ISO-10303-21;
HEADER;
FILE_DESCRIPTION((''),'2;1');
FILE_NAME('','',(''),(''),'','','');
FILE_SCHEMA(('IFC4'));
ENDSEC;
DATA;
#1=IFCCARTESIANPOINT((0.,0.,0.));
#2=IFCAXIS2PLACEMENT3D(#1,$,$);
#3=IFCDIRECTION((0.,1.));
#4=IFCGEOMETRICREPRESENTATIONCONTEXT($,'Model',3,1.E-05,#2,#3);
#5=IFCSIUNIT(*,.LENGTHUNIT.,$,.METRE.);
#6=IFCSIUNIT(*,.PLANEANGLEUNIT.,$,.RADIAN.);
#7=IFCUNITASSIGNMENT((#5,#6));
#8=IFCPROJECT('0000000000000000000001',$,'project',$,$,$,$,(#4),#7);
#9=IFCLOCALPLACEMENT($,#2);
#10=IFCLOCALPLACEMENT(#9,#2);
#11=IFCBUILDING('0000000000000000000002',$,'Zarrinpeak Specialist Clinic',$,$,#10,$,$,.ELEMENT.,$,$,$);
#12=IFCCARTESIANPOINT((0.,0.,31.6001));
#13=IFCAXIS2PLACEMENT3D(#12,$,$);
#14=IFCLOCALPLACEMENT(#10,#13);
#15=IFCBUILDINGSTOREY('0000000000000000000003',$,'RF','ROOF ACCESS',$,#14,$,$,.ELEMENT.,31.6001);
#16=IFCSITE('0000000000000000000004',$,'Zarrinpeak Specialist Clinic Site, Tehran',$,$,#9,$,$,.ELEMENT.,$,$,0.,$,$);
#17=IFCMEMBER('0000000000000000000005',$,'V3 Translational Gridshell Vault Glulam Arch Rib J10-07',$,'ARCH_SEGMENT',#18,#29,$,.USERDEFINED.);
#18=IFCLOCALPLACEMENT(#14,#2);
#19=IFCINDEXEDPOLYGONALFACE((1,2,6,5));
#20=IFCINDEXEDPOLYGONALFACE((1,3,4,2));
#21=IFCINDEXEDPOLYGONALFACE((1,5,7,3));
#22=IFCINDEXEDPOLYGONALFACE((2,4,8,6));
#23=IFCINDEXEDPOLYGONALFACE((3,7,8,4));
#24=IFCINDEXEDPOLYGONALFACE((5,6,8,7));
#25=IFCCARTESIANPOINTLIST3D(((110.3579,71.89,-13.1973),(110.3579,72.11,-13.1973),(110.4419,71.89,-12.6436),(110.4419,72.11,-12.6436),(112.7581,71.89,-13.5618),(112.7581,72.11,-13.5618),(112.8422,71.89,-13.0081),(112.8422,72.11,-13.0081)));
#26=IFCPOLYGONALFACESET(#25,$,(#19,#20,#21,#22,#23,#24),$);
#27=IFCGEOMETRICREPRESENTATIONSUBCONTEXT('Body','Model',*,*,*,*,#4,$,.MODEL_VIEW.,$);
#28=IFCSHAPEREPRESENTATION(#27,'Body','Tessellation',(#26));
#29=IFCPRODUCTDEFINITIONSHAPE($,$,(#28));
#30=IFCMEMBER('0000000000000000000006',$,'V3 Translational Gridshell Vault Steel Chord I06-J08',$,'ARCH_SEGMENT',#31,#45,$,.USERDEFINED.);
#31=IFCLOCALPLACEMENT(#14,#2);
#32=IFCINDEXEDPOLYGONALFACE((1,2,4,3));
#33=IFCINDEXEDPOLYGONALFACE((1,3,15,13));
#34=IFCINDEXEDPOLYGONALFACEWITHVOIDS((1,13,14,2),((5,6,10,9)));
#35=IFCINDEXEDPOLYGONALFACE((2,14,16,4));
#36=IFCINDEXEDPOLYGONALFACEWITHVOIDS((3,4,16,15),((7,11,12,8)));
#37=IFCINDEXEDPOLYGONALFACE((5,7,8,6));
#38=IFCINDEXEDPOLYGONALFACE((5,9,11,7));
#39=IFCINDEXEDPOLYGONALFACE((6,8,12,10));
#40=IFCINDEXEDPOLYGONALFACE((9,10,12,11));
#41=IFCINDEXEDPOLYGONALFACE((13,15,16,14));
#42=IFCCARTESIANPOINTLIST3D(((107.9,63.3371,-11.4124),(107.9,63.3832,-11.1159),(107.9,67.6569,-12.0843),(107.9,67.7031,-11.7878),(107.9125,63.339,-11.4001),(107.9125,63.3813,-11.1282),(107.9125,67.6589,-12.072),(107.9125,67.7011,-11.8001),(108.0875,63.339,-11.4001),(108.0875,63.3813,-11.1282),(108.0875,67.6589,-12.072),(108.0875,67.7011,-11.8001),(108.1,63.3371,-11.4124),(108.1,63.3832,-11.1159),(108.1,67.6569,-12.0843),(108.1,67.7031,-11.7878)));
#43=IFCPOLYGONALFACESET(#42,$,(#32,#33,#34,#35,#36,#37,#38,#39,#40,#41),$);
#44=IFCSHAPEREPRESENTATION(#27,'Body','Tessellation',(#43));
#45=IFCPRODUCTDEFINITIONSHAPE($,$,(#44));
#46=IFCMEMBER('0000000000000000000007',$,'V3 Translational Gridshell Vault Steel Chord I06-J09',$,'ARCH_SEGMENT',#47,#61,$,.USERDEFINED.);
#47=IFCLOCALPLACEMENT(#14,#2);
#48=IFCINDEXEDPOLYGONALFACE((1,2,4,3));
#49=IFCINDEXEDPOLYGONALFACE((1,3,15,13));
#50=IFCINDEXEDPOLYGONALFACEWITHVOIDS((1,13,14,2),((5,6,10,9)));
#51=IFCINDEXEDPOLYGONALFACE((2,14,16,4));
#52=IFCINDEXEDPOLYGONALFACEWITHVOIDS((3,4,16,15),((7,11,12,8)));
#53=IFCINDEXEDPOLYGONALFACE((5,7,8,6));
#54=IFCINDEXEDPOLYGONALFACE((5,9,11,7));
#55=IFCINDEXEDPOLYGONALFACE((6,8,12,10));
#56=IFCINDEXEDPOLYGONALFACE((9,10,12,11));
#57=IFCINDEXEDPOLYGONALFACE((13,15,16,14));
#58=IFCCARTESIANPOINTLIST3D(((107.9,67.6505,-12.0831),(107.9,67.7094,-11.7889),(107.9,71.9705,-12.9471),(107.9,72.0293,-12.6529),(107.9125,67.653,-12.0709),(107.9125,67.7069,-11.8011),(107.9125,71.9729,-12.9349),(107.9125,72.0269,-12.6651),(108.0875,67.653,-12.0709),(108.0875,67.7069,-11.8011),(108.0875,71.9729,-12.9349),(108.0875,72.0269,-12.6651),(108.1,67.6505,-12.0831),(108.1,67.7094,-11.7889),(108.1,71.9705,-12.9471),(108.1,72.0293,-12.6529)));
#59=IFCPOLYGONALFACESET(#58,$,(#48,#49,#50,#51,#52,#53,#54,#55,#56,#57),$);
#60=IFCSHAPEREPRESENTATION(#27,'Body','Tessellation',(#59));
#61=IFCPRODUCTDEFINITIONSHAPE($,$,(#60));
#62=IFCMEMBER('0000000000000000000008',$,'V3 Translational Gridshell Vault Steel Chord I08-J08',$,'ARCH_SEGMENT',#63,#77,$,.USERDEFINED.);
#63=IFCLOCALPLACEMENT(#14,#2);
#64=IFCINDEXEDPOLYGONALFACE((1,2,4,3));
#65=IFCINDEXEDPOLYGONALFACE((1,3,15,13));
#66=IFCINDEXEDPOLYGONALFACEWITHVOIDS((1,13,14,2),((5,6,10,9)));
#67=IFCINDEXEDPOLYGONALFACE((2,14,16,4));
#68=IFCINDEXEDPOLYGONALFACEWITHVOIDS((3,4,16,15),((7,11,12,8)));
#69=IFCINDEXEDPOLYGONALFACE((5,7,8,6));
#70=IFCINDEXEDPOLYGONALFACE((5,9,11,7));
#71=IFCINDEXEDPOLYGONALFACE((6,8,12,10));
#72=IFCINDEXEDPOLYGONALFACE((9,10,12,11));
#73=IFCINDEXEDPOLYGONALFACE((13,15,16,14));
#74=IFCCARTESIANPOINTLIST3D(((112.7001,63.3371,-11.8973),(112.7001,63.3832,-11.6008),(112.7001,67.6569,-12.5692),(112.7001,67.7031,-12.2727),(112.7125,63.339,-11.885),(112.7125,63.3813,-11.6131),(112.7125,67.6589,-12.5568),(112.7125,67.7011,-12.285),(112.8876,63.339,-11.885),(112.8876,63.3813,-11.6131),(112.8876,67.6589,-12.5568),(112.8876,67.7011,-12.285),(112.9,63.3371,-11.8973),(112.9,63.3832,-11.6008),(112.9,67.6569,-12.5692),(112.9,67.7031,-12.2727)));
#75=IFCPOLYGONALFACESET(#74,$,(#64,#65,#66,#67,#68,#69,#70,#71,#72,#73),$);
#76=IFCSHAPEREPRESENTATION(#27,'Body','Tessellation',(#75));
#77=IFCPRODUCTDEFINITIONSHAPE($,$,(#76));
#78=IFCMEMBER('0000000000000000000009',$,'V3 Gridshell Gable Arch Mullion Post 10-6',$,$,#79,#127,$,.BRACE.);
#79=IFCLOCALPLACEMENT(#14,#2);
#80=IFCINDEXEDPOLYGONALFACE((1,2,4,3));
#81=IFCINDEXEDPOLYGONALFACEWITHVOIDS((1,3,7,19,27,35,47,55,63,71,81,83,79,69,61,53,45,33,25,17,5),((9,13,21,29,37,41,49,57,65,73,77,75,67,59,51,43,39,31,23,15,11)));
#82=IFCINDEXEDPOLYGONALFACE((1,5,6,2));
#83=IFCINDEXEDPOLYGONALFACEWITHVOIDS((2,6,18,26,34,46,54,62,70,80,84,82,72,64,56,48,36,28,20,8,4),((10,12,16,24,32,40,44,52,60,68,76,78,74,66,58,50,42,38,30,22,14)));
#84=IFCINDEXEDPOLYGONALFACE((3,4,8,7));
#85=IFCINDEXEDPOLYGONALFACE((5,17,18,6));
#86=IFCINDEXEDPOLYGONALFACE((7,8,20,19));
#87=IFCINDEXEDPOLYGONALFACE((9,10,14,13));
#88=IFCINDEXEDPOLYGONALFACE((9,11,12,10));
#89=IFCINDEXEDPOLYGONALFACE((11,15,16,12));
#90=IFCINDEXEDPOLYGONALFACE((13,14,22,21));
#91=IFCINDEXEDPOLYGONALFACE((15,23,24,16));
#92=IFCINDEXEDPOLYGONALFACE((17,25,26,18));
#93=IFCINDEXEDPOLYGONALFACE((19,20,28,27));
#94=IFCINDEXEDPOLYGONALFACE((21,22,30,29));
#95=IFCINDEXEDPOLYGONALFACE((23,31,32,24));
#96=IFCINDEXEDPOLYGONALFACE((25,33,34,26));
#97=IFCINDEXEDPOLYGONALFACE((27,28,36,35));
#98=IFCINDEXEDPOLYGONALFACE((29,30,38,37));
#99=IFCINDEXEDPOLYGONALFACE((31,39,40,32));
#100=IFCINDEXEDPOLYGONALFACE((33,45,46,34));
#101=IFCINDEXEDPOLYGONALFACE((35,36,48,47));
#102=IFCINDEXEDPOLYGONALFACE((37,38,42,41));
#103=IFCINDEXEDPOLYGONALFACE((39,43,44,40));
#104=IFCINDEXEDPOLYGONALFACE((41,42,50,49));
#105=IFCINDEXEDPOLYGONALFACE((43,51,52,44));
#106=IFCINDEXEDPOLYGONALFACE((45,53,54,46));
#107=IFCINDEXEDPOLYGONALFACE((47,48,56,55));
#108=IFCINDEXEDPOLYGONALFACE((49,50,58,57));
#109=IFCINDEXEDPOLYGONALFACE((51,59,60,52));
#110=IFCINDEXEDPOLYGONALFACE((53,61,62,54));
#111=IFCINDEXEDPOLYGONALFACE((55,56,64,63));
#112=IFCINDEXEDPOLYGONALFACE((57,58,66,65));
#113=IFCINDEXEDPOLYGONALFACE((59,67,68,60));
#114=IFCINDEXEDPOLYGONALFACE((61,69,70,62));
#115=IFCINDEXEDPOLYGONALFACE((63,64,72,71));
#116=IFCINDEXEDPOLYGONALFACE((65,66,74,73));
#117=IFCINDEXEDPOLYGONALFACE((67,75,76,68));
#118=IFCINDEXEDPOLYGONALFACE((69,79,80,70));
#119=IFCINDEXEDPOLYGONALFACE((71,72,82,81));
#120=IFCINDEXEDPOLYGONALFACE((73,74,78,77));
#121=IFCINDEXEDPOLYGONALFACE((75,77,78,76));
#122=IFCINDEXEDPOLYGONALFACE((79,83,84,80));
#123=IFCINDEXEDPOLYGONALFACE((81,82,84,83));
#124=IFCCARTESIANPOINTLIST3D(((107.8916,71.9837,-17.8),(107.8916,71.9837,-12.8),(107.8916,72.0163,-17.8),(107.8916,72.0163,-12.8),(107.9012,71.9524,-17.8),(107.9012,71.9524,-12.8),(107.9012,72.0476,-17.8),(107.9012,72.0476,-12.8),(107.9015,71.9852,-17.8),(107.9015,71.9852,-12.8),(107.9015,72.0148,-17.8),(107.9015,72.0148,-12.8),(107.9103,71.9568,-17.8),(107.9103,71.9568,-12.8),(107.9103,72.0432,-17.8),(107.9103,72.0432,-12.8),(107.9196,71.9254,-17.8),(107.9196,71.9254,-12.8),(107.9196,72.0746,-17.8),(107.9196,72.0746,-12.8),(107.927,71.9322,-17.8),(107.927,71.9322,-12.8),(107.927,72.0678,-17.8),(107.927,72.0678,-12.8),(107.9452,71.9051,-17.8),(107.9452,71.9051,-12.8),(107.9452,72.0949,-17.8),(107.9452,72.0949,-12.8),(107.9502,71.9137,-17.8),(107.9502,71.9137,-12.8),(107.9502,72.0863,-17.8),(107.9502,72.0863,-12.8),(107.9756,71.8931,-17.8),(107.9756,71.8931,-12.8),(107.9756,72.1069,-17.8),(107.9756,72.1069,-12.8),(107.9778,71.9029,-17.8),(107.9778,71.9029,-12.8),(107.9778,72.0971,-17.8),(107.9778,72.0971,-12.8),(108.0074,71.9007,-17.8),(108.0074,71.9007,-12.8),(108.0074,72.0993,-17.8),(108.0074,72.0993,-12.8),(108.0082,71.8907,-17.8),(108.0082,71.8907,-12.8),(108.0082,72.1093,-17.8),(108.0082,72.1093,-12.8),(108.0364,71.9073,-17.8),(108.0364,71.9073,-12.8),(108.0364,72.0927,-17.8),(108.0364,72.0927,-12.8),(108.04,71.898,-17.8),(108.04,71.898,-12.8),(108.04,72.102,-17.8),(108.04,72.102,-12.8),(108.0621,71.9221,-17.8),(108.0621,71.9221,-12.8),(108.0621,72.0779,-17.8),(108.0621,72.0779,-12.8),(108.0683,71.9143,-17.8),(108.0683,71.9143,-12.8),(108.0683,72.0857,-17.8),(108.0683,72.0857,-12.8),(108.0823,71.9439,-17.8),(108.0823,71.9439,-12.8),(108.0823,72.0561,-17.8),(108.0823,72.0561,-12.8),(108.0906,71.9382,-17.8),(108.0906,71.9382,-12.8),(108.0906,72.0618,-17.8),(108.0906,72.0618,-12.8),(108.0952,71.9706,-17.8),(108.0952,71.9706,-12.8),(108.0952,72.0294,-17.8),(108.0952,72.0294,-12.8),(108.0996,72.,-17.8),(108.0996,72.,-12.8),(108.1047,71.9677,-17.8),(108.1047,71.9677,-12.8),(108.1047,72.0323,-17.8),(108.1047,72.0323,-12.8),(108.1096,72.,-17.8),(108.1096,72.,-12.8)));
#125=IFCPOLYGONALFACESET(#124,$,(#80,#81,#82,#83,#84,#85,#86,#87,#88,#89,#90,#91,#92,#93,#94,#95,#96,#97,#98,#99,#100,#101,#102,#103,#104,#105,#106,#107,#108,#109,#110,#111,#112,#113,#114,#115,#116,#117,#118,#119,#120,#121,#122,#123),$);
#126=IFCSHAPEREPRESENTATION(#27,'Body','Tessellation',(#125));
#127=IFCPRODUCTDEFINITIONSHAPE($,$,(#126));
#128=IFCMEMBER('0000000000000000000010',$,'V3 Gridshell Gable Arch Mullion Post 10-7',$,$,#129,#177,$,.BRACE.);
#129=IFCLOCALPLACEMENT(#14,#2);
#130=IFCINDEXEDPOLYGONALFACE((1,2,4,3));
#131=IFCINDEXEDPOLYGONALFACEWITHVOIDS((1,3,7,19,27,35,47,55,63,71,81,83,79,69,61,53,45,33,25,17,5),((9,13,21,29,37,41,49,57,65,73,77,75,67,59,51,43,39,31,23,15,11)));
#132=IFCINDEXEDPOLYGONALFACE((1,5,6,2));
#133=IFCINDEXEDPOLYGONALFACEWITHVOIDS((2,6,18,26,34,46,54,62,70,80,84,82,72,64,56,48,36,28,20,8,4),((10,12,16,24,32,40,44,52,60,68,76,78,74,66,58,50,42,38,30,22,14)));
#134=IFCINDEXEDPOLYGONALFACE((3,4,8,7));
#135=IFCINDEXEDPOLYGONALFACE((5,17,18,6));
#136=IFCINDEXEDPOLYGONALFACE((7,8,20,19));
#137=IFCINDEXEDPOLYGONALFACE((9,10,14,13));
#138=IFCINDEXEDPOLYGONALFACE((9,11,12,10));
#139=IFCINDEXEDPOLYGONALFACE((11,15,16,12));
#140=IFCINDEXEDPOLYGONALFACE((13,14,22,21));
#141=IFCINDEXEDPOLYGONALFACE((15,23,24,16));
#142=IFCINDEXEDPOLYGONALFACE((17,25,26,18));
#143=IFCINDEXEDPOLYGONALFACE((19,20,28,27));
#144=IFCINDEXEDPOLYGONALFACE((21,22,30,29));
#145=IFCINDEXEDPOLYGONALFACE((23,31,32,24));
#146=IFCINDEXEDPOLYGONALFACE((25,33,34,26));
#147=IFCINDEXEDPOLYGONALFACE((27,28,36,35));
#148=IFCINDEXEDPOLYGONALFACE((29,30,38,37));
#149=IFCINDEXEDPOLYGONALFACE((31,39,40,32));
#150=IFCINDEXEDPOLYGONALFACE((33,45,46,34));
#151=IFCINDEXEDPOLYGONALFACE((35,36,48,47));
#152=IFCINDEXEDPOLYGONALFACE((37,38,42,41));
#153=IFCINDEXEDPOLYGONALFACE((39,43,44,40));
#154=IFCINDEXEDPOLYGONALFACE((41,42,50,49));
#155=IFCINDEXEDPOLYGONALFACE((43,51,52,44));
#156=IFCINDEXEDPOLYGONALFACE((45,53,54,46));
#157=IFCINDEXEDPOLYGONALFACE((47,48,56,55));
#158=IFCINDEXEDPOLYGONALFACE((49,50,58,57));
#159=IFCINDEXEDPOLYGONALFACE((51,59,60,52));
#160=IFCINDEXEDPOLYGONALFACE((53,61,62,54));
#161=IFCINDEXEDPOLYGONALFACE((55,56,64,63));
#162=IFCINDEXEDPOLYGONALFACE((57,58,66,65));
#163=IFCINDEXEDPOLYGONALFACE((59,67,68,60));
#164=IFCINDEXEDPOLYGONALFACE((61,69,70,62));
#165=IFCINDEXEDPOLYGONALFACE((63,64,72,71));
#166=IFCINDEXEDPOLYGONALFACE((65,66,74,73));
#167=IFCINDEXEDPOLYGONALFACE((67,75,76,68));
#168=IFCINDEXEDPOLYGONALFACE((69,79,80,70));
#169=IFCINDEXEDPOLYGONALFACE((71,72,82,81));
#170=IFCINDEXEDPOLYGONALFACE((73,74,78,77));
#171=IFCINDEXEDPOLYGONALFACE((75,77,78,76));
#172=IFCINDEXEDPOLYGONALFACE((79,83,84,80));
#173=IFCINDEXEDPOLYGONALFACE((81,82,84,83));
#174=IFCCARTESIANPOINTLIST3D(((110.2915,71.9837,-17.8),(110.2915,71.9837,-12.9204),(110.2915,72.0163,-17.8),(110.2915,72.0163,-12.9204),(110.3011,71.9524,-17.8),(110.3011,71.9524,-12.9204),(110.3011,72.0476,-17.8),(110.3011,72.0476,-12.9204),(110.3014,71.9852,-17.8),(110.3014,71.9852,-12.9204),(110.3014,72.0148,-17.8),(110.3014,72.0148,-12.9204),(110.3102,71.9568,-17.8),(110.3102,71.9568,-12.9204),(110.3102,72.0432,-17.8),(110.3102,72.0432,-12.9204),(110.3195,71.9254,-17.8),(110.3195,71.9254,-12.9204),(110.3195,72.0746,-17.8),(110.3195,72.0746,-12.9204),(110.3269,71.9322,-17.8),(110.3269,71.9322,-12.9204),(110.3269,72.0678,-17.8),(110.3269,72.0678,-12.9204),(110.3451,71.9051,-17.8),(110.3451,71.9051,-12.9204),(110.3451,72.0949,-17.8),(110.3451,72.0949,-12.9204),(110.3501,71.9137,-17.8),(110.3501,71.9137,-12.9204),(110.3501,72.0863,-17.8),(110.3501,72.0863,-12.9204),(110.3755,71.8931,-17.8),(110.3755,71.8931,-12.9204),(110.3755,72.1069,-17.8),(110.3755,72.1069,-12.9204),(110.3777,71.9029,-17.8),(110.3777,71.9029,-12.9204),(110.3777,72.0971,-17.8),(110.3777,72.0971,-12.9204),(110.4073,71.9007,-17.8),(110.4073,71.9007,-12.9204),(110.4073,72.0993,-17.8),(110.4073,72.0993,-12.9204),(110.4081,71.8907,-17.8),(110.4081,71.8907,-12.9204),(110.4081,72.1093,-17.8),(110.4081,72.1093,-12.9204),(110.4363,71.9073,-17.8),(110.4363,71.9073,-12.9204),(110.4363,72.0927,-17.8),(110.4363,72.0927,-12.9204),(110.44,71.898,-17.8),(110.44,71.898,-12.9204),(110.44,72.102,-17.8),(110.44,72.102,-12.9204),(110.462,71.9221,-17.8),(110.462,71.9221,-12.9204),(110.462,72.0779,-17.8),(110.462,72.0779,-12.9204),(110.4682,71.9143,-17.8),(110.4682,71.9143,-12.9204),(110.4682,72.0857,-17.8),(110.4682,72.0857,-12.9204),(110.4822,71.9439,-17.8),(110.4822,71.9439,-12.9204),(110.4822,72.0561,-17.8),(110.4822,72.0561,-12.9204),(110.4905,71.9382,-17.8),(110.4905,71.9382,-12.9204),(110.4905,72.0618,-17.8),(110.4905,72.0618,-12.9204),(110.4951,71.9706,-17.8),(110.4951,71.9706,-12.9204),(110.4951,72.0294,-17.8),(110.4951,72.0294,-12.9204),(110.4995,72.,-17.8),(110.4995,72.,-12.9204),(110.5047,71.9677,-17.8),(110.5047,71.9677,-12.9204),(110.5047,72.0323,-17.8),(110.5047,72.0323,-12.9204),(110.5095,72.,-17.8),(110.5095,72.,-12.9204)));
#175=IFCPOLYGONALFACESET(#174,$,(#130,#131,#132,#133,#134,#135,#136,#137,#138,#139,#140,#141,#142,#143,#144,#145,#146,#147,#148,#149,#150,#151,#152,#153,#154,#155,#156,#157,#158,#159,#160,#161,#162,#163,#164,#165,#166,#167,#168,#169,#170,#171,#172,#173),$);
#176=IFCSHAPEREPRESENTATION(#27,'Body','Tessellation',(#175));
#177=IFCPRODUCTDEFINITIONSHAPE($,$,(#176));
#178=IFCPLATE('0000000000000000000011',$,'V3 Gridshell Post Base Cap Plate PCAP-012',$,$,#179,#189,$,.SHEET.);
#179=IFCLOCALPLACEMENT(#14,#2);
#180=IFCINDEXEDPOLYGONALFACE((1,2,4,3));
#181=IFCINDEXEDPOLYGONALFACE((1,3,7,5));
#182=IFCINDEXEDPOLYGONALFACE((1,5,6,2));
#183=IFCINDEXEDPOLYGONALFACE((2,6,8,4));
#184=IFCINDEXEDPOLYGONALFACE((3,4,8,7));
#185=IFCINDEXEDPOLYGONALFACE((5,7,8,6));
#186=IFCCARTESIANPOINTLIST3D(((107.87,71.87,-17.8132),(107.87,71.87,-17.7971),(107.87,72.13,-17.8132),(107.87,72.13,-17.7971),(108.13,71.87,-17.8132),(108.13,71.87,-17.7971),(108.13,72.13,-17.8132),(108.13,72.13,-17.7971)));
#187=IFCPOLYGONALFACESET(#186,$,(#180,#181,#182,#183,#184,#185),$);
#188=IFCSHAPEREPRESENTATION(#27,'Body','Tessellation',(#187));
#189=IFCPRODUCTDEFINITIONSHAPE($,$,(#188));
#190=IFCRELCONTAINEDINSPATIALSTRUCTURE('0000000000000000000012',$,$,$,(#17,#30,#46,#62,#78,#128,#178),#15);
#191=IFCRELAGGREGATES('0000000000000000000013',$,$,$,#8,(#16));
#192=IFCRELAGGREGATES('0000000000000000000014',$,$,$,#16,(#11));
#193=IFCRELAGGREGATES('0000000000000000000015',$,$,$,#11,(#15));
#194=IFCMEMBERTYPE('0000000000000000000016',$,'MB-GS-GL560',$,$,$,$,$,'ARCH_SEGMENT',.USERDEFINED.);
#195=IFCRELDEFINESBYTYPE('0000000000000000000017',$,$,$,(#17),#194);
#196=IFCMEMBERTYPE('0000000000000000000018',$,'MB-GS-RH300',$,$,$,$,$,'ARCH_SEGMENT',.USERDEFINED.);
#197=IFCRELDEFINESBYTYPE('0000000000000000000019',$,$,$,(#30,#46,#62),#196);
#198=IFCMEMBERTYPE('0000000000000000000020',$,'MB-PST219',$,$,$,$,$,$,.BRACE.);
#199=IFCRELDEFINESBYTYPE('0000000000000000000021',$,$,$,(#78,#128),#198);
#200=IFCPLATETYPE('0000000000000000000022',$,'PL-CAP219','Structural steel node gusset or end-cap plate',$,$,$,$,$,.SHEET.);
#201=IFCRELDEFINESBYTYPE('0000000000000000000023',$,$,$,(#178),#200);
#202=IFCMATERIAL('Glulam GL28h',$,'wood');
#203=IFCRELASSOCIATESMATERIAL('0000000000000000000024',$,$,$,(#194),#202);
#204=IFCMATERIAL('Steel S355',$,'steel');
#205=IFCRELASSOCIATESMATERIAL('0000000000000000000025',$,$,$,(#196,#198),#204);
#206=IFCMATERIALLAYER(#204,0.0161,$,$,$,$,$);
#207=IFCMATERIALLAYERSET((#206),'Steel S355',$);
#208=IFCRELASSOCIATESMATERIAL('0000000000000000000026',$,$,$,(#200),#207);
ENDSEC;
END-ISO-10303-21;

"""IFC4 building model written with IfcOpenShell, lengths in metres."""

from ifc_helpers import new_model, si_unit, direction, frame, origin, origin_2d, place, context, subcontext, project, spatial, rectangle, hollow_rectangle, hollow_circle, extrude, material, layer, layer_set, material_profile, profile_set, type_object, element, save


model = new_model("IFC4")

# Units and contexts
model_context = context("Model", 3, precision=1e-05, world=origin(), true_north=direction((0.0, 1.0)))
body_context = subcontext(model_context, "Body", "Model", "MODEL_VIEW")
ifc_project = project(units=[si_unit("LENGTHUNIT", "METRE"), si_unit("PLANEANGLEUNIT", "RADIAN")], contexts=[model_context])

# Site, building, storey
site_placement = place(None, origin())
site = spatial("IfcSite", under=ifc_project, at=site_placement, Name="Zarrinpeak Specialist Clinic Site, Tehran", CompositionType="ELEMENT", RefElevation=0.0)
building_placement = place(site_placement, origin())
building = spatial("IfcBuilding", under=site, at=building_placement, Name="Zarrinpeak Specialist Clinic", CompositionType="ELEMENT")
storey_placement = place(building_placement, frame((0.0, 0.0, 31.6001)))
storey = spatial("IfcBuildingStorey", under=building, at=storey_placement, Name="RF", Description="ROOF ACCESS", CompositionType="ELEMENT", Elevation=31.6001)

# Members
ifc_material_1 = material(Name="Steel S355", Category="steel")
ifc_material_2 = material(Name="Glulam GL28h", Category="wood")
ifc_material_profile_1 = material_profile(ifc_material_2, rectangle(XDim=0.22, YDim=0.5601, at=origin_2d()), Name="GL28h 220x560")
ifc_profile_set_1 = profile_set([ifc_material_profile_1], Name="Glulam GL28h")
member_type_1 = type_object("IfcMemberType", Name="MB-GS-GL560", ElementType="ARCH_SEGMENT", PredefinedType="USERDEFINED", material=ifc_profile_set_1)
member_1_placement = place(storey_placement, frame((110.3999, 72.0, -12.9204), z_axis=(0.988664, 0.0, -0.150145), x_axis=(0.0, 1.0, 0.0)))
element("IfcMember", 1, at=member_1_placement, inside=storey, type_object=member_type_1, Name="V3 Translational Gridshell Vault Glulam Arch Rib J10-07", ObjectType="ARCH_SEGMENT", PredefinedType="USERDEFINED", context=body_context, shape_type="SweptSolid", body=[
    extrude(rectangle(XDim=0.22, YDim=0.5601, at=origin_2d()), origin(), (0.0, 0.0, 1.0), 2.4277),
])
ifc_material_profile_2 = material_profile(ifc_material_1, hollow_rectangle(XDim=0.2, YDim=0.3, WallThickness=0.0125, at=origin_2d()), Name="RHS 300x200x12.5")
ifc_profile_set_2 = profile_set([ifc_material_profile_2], Name="Steel S355")
member_type_2 = type_object("IfcMemberType", Name="MB-GS-RH300", ElementType="ARCH_SEGMENT", PredefinedType="USERDEFINED", material=ifc_profile_set_2)
member_2_placement = place(storey_placement, frame((108.0, 63.3601, -11.2642), z_axis=(0.0, 0.98812, -0.153685), x_axis=(-1.0, 0.0, 0.0)))
element("IfcMember", 2, at=member_2_placement, inside=storey, type_object=member_type_2, Name="V3 Translational Gridshell Vault Steel Chord I06-J08", ObjectType="ARCH_SEGMENT", PredefinedType="USERDEFINED", context=body_context, shape_type="SweptSolid", body=[
    extrude(hollow_rectangle(XDim=0.2, YDim=0.3, WallThickness=0.0125, at=origin_2d()), origin(), (0.0, 0.0, 1.0), 4.3718),
])
member_3_placement = place(storey_placement, frame((108.0, 67.6799, -11.936), z_axis=(0.0, 0.980581, -0.196116), x_axis=(-1.0, 0.0, 0.0)))
element("IfcMember", 3, at=member_3_placement, inside=storey, type_object=member_type_2, Name="V3 Translational Gridshell Vault Steel Chord I06-J09", ObjectType="ARCH_SEGMENT", PredefinedType="USERDEFINED", context=body_context, shape_type="SweptSolid", body=[
    extrude(hollow_rectangle(XDim=0.2, YDim=0.3, WallThickness=0.0125, at=origin_2d()), origin(), (0.0, 0.0, 1.0), 4.4055),
])
member_4_placement = place(storey_placement, frame((112.8, 63.3601, -11.749), z_axis=(0.0, 0.98812, -0.153685), x_axis=(-1.0, 0.0, 0.0)))
element("IfcMember", 4, at=member_4_placement, inside=storey, type_object=member_type_2, Name="V3 Translational Gridshell Vault Steel Chord I08-J08", ObjectType="ARCH_SEGMENT", PredefinedType="USERDEFINED", context=body_context, shape_type="SweptSolid", body=[
    extrude(hollow_rectangle(XDim=0.2, YDim=0.3, WallThickness=0.0125, at=origin_2d()), origin(), (0.0, 0.0, 1.0), 4.3718),
])
ifc_material_profile_3 = material_profile(ifc_material_1, hollow_circle(Radius=0.1096, WallThickness=0.01, at=origin_2d()), Name="CHS 219.1x10.0")
ifc_profile_set_3 = profile_set([ifc_material_profile_3], Name="Steel S355")
member_type_3 = type_object("IfcMemberType", Name="MB-PST219", PredefinedType="BRACE", material=ifc_profile_set_3)
member_5_placement = place(storey_placement, frame((108.0, 72.0, -17.8), z_axis=(0.0, 0.0, 1.0), x_axis=(1.0, 0.0, 0.0)))
element("IfcMember", 5, at=member_5_placement, inside=storey, type_object=member_type_3, Name="V3 Gridshell Gable Arch Mullion Post 10-6", PredefinedType="BRACE", context=body_context, shape_type="SweptSolid", body=[
    extrude(hollow_circle(Radius=0.1096, WallThickness=0.01, at=origin_2d()), origin(), (0.0, 0.0, 1.0), 5.0),
])
member_6_placement = place(storey_placement, frame((110.3999, 72.0, -17.8), z_axis=(0.0, 0.0, 1.0), x_axis=(1.0, 0.0, 0.0)))
element("IfcMember", 6, at=member_6_placement, inside=storey, type_object=member_type_3, Name="V3 Gridshell Gable Arch Mullion Post 10-7", PredefinedType="BRACE", context=body_context, shape_type="SweptSolid", body=[
    extrude(hollow_circle(Radius=0.1096, WallThickness=0.01, at=origin_2d()), origin(), (0.0, 0.0, 1.0), 4.8796),
])

# Plate
ifc_layer_1 = layer(ifc_material_1, 0.0161)
ifc_layer_set_1 = layer_set([ifc_layer_1], Name="Steel S355")
plate_type_1 = type_object("IfcPlateType", Name="PL-CAP219", Description="Structural steel node gusset or end-cap plate", PredefinedType="SHEET", material=ifc_layer_set_1)
for number, where, z_axis, x_axis, name in (
    (7, (108.0, 72.0, -17.8132), (0.0, 0.0, 1.0), (1.0, 0.0, 0.0), "V3 Gridshell Post Base Cap Plate PCAP-012"),
):
    element("IfcPlate", number, at=place(storey_placement, frame(where, z_axis=z_axis, x_axis=x_axis)), inside=storey, type_object=plate_type_1, Name=name, PredefinedType="SHEET", context=body_context, shape_type="SweptSolid", body=[
        extrude(rectangle(XDim=0.26, YDim=0.26, at=origin_2d()), origin(), (0.0, 0.0, 1.0), 0.0161),
    ])

save(model, "model.ifc")
